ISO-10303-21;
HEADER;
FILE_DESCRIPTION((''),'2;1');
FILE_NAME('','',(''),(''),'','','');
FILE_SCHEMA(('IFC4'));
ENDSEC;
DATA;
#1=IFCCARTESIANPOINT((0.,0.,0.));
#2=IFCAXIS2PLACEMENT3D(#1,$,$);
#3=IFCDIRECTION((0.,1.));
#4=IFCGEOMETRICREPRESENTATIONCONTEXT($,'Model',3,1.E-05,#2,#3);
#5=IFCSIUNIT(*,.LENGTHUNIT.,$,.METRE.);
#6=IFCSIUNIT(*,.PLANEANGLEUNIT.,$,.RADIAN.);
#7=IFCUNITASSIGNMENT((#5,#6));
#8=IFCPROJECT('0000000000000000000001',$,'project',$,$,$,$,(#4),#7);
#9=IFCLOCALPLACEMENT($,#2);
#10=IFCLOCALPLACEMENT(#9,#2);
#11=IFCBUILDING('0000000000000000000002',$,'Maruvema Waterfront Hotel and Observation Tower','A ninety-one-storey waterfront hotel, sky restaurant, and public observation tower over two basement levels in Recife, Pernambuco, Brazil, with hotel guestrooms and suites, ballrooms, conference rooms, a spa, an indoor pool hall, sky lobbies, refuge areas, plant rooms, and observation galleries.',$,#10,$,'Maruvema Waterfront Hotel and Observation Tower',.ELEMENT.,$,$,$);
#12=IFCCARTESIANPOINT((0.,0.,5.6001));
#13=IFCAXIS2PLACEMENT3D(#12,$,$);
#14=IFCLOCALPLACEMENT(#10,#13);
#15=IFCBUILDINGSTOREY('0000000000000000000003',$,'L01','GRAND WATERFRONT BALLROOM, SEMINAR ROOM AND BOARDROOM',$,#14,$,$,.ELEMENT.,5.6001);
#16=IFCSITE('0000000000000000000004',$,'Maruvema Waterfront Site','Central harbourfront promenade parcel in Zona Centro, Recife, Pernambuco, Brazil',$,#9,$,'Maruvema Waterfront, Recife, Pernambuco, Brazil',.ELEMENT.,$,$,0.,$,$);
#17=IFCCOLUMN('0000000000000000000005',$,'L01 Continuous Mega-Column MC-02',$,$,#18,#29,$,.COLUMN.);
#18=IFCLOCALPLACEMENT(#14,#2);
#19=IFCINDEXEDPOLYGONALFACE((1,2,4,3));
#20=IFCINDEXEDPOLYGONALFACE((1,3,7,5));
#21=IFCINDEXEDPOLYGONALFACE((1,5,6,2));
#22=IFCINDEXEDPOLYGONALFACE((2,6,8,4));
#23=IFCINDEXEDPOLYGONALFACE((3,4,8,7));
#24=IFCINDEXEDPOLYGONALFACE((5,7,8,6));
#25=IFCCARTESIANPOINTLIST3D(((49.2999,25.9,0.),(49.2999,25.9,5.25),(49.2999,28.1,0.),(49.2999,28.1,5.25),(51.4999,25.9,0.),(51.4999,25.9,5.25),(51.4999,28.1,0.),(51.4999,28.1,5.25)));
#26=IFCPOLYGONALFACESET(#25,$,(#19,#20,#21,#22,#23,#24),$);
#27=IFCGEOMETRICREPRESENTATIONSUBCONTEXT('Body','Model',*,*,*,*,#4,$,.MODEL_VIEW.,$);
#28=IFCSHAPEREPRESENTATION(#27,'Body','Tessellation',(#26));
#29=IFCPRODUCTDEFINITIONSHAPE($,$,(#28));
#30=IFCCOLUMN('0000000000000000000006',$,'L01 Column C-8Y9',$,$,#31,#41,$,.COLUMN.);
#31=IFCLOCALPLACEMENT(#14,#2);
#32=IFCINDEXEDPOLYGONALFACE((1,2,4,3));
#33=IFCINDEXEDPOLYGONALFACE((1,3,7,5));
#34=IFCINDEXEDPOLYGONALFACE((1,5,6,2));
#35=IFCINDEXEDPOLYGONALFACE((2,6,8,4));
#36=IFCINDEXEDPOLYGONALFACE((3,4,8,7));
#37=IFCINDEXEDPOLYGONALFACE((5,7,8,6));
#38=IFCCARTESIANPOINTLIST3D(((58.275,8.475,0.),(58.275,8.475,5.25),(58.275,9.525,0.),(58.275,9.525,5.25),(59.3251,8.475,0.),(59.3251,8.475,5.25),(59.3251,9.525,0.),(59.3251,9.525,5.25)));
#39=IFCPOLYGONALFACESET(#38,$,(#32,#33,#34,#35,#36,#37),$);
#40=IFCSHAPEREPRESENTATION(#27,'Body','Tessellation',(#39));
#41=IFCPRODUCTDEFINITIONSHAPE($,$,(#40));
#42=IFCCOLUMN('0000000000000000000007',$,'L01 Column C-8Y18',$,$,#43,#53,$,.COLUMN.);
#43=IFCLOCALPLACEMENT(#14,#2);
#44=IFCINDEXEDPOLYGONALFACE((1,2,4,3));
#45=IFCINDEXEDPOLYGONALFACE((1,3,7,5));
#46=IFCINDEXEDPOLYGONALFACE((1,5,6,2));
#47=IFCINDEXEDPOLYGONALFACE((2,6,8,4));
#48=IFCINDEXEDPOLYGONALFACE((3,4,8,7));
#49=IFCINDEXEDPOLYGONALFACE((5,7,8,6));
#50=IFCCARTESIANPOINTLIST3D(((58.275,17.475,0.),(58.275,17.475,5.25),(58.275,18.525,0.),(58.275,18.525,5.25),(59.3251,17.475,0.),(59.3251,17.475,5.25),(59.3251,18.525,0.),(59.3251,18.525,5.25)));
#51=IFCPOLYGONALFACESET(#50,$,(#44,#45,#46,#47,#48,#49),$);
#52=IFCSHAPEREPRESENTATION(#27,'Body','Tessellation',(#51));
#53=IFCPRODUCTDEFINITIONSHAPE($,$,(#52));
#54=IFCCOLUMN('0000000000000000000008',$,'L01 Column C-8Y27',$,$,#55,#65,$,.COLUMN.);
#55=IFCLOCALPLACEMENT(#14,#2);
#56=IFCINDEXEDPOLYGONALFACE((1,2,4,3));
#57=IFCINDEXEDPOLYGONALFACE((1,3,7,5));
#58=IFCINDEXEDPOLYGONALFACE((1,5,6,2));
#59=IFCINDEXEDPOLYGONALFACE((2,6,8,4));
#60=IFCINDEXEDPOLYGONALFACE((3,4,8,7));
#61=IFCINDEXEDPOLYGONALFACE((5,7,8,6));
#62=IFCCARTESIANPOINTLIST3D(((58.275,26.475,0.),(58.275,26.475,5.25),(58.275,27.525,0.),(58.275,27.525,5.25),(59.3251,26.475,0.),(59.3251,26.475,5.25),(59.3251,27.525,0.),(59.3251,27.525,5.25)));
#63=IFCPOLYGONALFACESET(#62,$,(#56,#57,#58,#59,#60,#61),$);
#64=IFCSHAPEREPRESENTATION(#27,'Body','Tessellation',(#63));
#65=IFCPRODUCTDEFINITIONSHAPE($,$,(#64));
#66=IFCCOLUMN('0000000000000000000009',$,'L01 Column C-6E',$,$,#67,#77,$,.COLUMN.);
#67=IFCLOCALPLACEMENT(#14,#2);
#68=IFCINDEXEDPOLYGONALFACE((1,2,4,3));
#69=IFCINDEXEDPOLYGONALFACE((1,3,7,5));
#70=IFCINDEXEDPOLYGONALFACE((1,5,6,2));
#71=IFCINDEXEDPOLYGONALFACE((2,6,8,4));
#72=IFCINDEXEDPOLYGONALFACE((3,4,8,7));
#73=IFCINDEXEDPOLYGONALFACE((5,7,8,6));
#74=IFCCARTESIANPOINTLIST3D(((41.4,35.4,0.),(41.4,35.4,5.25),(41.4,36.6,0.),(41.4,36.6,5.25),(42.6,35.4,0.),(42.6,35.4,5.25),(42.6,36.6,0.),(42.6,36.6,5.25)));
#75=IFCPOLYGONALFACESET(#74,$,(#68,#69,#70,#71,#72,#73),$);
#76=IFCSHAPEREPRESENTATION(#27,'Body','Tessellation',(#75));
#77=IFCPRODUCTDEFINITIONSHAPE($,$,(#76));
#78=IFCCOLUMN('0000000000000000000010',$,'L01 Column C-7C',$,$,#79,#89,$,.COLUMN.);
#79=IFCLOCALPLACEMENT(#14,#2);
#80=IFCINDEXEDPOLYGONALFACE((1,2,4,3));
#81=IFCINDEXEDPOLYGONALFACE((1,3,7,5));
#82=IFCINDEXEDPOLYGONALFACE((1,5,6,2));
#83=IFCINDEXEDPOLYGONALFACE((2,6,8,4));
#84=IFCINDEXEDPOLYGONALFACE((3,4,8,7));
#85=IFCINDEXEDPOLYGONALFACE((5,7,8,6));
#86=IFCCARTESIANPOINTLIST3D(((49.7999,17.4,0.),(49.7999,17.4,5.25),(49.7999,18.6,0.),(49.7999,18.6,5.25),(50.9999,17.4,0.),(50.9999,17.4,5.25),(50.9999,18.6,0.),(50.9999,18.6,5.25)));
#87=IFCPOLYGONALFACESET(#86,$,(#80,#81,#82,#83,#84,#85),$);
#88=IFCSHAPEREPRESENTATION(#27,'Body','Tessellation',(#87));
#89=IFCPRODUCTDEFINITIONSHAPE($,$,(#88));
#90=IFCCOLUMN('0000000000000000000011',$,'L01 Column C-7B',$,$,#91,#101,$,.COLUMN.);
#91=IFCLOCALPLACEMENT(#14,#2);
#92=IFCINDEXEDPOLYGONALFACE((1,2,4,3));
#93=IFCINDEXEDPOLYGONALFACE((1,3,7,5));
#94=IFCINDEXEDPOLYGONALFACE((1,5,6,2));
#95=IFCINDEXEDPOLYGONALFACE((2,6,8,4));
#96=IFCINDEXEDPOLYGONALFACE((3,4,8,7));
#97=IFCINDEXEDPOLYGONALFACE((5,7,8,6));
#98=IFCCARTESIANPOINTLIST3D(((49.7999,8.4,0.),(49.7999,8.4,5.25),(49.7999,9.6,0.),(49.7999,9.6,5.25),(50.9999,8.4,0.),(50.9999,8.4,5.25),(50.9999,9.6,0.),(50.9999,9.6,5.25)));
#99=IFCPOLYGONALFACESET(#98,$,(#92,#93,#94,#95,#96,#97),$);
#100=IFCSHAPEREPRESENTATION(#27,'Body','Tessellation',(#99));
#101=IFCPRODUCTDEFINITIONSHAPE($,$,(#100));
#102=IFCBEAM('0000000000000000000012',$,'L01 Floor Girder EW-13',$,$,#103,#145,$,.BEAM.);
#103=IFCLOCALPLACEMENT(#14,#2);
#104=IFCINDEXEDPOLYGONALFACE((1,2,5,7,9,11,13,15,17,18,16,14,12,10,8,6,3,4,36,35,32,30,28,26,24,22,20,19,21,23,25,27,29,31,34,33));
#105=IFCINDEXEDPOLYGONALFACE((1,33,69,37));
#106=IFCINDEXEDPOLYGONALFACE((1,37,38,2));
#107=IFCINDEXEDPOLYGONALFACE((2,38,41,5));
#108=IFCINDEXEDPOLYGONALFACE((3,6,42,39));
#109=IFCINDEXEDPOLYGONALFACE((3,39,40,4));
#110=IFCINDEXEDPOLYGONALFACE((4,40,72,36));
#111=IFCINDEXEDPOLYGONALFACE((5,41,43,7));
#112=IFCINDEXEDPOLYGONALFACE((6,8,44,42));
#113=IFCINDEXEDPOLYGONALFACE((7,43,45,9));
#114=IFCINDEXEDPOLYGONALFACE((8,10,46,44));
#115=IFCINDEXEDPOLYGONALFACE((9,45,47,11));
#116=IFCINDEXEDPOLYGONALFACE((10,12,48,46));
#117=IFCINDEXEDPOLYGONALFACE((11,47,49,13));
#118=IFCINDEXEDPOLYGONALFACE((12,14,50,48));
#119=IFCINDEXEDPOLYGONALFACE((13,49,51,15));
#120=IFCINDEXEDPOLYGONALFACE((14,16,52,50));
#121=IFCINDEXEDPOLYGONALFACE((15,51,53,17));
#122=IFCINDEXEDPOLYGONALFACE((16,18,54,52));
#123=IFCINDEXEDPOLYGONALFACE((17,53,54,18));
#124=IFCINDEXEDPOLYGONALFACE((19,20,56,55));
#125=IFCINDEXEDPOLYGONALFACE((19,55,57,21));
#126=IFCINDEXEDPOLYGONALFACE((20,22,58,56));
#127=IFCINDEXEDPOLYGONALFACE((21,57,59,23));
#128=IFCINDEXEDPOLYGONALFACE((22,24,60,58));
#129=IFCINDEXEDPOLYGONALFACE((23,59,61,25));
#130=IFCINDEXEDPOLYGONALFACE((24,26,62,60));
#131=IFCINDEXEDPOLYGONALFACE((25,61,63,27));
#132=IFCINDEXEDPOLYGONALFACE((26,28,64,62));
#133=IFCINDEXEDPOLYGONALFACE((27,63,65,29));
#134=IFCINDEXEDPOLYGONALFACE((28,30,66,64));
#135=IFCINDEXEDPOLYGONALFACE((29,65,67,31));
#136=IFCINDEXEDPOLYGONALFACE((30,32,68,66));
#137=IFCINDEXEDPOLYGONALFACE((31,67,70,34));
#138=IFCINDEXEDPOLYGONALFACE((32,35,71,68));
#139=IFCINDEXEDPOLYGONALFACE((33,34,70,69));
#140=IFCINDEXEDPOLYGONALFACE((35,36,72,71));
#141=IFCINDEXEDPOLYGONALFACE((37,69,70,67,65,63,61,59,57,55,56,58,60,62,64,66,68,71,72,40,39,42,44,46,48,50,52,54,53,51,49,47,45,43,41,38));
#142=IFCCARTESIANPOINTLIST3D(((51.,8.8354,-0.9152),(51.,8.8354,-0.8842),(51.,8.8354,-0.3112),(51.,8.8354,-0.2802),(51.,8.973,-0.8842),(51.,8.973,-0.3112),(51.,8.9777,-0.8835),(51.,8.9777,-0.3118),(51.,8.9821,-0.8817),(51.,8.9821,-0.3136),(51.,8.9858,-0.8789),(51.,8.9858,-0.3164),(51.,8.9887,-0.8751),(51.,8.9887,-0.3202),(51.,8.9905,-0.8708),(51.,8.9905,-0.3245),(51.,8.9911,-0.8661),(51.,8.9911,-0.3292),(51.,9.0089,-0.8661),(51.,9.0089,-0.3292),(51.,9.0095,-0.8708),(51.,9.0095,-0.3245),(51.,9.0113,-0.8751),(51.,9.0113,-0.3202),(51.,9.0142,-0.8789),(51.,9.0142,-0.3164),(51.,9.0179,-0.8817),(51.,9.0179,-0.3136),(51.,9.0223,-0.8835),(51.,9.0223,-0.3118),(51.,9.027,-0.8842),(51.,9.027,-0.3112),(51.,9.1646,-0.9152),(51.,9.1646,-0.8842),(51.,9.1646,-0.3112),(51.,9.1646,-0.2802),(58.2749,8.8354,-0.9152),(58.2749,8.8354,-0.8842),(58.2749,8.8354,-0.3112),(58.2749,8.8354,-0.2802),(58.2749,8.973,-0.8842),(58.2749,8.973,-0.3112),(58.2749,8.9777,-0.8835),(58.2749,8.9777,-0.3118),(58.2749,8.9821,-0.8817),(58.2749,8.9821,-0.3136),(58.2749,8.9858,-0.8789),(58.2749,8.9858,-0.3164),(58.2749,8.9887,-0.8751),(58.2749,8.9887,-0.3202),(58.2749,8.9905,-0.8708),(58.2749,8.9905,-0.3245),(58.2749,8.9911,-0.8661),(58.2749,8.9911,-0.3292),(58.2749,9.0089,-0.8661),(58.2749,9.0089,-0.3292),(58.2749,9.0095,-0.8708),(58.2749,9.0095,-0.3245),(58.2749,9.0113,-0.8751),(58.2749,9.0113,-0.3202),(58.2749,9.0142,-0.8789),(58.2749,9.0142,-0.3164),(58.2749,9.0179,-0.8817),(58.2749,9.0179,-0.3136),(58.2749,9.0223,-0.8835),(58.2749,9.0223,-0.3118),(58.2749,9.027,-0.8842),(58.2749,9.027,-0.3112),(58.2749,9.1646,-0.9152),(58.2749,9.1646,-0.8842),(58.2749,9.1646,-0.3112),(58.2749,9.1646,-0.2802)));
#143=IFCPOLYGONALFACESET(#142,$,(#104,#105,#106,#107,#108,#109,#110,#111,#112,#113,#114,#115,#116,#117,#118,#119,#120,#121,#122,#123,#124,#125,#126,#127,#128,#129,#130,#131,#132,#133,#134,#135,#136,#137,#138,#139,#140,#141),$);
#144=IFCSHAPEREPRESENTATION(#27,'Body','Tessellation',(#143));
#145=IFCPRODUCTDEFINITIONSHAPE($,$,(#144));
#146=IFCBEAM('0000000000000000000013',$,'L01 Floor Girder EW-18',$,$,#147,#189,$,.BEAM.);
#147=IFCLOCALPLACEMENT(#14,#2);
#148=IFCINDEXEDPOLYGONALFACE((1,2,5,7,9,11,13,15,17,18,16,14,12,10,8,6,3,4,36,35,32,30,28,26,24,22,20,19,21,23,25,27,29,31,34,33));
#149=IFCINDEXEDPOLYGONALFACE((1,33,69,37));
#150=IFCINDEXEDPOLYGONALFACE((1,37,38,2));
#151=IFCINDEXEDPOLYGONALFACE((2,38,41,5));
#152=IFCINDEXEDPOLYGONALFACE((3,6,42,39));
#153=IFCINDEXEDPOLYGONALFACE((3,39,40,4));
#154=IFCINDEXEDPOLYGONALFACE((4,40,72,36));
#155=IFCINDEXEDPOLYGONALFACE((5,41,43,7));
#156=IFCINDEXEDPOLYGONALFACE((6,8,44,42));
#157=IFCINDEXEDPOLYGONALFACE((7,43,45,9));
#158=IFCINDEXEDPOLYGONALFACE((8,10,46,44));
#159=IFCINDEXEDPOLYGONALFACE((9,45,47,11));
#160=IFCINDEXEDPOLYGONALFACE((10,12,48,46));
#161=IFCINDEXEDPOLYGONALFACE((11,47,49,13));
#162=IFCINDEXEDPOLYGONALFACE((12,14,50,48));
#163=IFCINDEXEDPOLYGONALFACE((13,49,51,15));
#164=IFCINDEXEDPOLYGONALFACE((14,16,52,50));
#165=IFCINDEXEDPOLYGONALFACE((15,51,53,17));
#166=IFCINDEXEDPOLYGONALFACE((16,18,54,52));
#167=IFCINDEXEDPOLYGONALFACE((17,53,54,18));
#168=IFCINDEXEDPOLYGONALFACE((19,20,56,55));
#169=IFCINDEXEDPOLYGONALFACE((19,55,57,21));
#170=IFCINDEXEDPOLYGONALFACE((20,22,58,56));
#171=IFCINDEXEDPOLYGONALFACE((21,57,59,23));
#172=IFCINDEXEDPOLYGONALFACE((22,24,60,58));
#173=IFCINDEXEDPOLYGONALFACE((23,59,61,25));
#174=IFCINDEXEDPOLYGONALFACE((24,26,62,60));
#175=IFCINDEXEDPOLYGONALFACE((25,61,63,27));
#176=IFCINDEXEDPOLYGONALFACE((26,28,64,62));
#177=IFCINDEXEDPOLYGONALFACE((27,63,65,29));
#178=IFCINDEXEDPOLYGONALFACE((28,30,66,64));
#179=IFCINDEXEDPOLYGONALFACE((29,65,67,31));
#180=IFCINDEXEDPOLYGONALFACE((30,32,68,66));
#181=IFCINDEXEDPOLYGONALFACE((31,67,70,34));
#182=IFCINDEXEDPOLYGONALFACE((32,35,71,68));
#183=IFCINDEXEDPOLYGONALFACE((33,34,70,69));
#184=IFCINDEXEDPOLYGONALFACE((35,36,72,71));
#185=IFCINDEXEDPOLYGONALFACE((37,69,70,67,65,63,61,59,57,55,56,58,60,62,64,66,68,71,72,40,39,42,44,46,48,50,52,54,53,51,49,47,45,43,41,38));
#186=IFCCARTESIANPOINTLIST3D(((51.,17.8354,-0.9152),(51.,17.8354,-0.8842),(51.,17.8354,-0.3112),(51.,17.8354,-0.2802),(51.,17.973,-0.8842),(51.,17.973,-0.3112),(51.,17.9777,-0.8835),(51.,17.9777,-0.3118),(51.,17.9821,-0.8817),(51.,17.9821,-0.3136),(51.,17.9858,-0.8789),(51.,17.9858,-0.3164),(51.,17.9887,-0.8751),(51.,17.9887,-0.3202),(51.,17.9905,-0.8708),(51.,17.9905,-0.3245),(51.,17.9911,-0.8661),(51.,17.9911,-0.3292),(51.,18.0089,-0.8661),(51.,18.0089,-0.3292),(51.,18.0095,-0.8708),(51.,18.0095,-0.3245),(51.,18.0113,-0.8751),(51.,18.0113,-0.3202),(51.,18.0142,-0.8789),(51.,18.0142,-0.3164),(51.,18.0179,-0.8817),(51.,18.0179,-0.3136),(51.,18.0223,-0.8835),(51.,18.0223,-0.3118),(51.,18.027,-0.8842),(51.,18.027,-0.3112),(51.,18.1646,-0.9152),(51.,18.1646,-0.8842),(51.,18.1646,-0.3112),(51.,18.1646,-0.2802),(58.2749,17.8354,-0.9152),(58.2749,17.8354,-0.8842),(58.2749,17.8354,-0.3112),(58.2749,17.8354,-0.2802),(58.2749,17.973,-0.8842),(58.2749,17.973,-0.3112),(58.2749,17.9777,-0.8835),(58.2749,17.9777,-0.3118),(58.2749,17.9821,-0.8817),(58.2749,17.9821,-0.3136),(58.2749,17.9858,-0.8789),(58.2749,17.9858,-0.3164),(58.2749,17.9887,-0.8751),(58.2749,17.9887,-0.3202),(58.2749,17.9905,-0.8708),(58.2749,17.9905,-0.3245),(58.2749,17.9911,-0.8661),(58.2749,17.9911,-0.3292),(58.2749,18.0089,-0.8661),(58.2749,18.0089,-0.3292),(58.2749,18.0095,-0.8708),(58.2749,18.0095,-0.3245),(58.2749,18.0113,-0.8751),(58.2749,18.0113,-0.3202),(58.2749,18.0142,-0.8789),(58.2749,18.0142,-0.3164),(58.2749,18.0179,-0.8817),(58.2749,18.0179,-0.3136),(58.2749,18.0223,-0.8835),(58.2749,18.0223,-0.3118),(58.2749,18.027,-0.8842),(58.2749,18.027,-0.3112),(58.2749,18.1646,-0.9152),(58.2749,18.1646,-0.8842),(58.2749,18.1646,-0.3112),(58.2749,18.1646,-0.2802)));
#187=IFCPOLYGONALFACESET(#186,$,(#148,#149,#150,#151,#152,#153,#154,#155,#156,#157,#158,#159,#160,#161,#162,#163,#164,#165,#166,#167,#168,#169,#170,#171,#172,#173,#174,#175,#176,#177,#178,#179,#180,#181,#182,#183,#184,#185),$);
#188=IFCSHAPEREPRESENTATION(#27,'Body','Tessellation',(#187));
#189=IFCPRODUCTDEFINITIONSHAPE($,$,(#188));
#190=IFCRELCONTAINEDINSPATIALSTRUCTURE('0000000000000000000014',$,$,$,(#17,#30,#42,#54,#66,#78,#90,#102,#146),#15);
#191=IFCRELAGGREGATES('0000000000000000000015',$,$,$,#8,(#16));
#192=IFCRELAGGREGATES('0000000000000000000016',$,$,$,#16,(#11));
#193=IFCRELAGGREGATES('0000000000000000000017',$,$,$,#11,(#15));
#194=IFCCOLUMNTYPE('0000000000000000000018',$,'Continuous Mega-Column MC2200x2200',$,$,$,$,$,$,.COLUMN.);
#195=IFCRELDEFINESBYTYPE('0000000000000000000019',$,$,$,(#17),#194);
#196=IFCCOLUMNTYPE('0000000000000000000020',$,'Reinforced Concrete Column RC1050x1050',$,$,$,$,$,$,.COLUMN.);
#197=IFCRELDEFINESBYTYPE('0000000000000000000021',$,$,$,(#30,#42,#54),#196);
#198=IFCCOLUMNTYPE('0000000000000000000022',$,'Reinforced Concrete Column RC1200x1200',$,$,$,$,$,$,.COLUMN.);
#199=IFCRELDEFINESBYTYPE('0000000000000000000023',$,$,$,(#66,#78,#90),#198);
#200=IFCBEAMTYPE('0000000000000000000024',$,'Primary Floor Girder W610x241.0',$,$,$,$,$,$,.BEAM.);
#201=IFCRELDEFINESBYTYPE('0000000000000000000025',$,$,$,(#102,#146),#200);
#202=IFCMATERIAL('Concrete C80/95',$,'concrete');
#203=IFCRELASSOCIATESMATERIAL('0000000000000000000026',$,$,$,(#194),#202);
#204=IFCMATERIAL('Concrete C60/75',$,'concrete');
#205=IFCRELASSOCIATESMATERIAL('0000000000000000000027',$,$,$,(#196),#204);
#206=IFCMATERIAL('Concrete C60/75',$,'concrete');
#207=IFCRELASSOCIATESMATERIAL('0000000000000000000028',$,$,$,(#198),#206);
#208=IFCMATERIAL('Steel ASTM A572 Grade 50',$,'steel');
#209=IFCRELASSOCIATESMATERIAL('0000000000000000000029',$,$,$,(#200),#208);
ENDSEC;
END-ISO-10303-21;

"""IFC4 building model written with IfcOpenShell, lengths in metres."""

from ifc_helpers import new_model, si_unit, direction, frame, origin, origin_2d, place, context, subcontext, project, spatial, rectangle, i_section, extrude, material, material_profile, profile_set, type_object, element, save


model = new_model("IFC4")

# Units and contexts
model_context = context("Model", 3, precision=1e-05, world=origin(), true_north=direction((0.0, 1.0)))
body_context = subcontext(model_context, "Body", "Model", "MODEL_VIEW")
ifc_project = project(units=[si_unit("LENGTHUNIT", "METRE"), si_unit("PLANEANGLEUNIT", "RADIAN")], contexts=[model_context])

# Site, building, storey
site_placement = place(None, origin())
site = spatial("IfcSite", under=ifc_project, at=site_placement, Name="Maruvema Waterfront Site", Description="Central harbourfront promenade parcel in Zona Centro, Recife, Pernambuco, Brazil", LongName="Maruvema Waterfront, Recife, Pernambuco, Brazil", CompositionType="ELEMENT", RefElevation=0.0)
building_placement = place(site_placement, origin())
building = spatial("IfcBuilding", under=site, at=building_placement, Name="Maruvema Waterfront Hotel and Observation Tower", Description="A ninety-one-storey waterfront hotel, sky restaurant, and public observation tower over two basement levels in Recife, Pernambuco, Brazil, with hotel guestrooms and suites, ballrooms, conference rooms, a spa, an indoor pool hall, sky lobbies, refuge areas, plant rooms, and observation galleries.", LongName="Maruvema Waterfront Hotel and Observation Tower", CompositionType="ELEMENT")
storey_placement = place(building_placement, frame((0.0, 0.0, 5.6001)))
storey = spatial("IfcBuildingStorey", under=building, at=storey_placement, Name="L01", Description="GRAND WATERFRONT BALLROOM, SEMINAR ROOM AND BOARDROOM", CompositionType="ELEMENT", Elevation=5.6001)

# Columns
ifc_material_1 = material(Name="Concrete C80/95", Category="concrete")
ifc_material_profile_1 = material_profile(ifc_material_1, rectangle(XDim=2.2, YDim=2.2, at=origin_2d()), Name="MC2200x2200")
ifc_profile_set_1 = profile_set([ifc_material_profile_1], Name="Concrete C80/95")
column_type_1 = type_object("IfcColumnType", Name="Continuous Mega-Column MC2200x2200", PredefinedType="COLUMN", material=ifc_profile_set_1)
column_placement = place(storey_placement, frame((50.3999, 27.0, 0.0), z_axis=(0.0, 0.0, 1.0), x_axis=(1.0, 0.0, 0.0)))
element("IfcColumn", 1, at=column_placement, inside=storey, type_object=column_type_1, Name="L01 Continuous Mega-Column MC-02", PredefinedType="COLUMN", context=body_context, shape_type="SweptSolid", body=[
    extrude(rectangle(XDim=2.2, YDim=2.2, at=origin_2d()), origin(), (0.0, 0.0, 1.0), 5.25),
])
ifc_material_2 = material(Name="Concrete C60/75", Category="concrete")
ifc_material_profile_2 = material_profile(ifc_material_2, rectangle(XDim=1.05, YDim=1.05, at=origin_2d()), Name="RC1050x1050")
ifc_profile_set_2 = profile_set([ifc_material_profile_2], Name="Concrete C60/75")
column_type_2 = type_object("IfcColumnType", Name="Reinforced Concrete Column RC1050x1050", PredefinedType="COLUMN", material=ifc_profile_set_2)
for number, where, z_axis, x_axis, name in (
    (2, (58.8, 9.0, 0.0), (0.0, 0.0, 1.0), (1.0, 0.0, 0.0), "L01 Column C-8Y9"),
    (3, (58.8, 18.0, 0.0), (0.0, 0.0, 1.0), (1.0, 0.0, 0.0), "L01 Column C-8Y18"),
    (4, (58.8, 27.0, 0.0), (0.0, 0.0, 1.0), (1.0, 0.0, 0.0), "L01 Column C-8Y27"),
):
    element("IfcColumn", number, at=place(storey_placement, frame(where, z_axis=z_axis, x_axis=x_axis)), inside=storey, type_object=column_type_2, Name=name, PredefinedType="COLUMN", context=body_context, shape_type="SweptSolid", body=[
        extrude(rectangle(XDim=1.05, YDim=1.05, at=origin_2d()), origin(), (0.0, 0.0, 1.0), 5.25),
    ])
ifc_material_3 = material(Name="Concrete C60/75", Category="concrete")
ifc_material_profile_3 = material_profile(ifc_material_3, rectangle(XDim=1.2, YDim=1.2, at=origin_2d()), Name="RC1200x1200")
ifc_profile_set_3 = profile_set([ifc_material_profile_3], Name="Concrete C60/75")
column_type_3 = type_object("IfcColumnType", Name="Reinforced Concrete Column RC1200x1200", PredefinedType="COLUMN", material=ifc_profile_set_3)
for number, where, z_axis, x_axis, name in (
    (5, (42.0, 36.0, 0.0), (0.0, 0.0, 1.0), (1.0, 0.0, 0.0), "L01 Column C-6E"),
    (6, (50.3999, 18.0, 0.0), (0.0, 0.0, 1.0), (1.0, 0.0, 0.0), "L01 Column C-7C"),
    (7, (50.3999, 9.0, 0.0), (0.0, 0.0, 1.0), (1.0, 0.0, 0.0), "L01 Column C-7B"),
):
    element("IfcColumn", number, at=place(storey_placement, frame(where, z_axis=z_axis, x_axis=x_axis)), inside=storey, type_object=column_type_3, Name=name, PredefinedType="COLUMN", context=body_context, shape_type="SweptSolid", body=[
        extrude(rectangle(XDim=1.2, YDim=1.2, at=origin_2d()), origin(), (0.0, 0.0, 1.0), 5.25),
    ])

# Beams
ifc_material_4 = material(Name="Steel ASTM A572 Grade 50", Category="steel")
ifc_material_profile_4 = material_profile(ifc_material_4, i_section(OverallWidth=0.3291, OverallDepth=0.635, WebThickness=0.0178, FlangeThickness=0.031, FilletRadius=0.0181, at=origin_2d()), Name="W610x241.0")
ifc_profile_set_4 = profile_set([ifc_material_profile_4], Name="Steel ASTM A572 Grade 50")
beam_type_1 = type_object("IfcBeamType", Name="Primary Floor Girder W610x241.0", PredefinedType="BEAM", material=ifc_profile_set_4)
for number, where, z_axis, x_axis, name in (
    (8, (51.0, 9.0, -0.5977), (1.0, 0.0, 0.0), (0.0, 1.0, 0.0), "L01 Floor Girder EW-13"),
    (9, (51.0, 18.0, -0.5977), (1.0, 0.0, 0.0), (0.0, 1.0, 0.0), "L01 Floor Girder EW-18"),
):
    element("IfcBeam", number, at=place(storey_placement, frame(where, z_axis=z_axis, x_axis=x_axis)), inside=storey, type_object=beam_type_1, Name=name, PredefinedType="BEAM", context=body_context, shape_type="SweptSolid", body=[
        extrude(i_section(OverallWidth=0.3291, OverallDepth=0.635, WebThickness=0.0178, FlangeThickness=0.031, FilletRadius=0.0181, at=origin_2d()), origin(), (0.0, 0.0, 1.0), 7.2749),
    ])

save(model, "model.ifc")
